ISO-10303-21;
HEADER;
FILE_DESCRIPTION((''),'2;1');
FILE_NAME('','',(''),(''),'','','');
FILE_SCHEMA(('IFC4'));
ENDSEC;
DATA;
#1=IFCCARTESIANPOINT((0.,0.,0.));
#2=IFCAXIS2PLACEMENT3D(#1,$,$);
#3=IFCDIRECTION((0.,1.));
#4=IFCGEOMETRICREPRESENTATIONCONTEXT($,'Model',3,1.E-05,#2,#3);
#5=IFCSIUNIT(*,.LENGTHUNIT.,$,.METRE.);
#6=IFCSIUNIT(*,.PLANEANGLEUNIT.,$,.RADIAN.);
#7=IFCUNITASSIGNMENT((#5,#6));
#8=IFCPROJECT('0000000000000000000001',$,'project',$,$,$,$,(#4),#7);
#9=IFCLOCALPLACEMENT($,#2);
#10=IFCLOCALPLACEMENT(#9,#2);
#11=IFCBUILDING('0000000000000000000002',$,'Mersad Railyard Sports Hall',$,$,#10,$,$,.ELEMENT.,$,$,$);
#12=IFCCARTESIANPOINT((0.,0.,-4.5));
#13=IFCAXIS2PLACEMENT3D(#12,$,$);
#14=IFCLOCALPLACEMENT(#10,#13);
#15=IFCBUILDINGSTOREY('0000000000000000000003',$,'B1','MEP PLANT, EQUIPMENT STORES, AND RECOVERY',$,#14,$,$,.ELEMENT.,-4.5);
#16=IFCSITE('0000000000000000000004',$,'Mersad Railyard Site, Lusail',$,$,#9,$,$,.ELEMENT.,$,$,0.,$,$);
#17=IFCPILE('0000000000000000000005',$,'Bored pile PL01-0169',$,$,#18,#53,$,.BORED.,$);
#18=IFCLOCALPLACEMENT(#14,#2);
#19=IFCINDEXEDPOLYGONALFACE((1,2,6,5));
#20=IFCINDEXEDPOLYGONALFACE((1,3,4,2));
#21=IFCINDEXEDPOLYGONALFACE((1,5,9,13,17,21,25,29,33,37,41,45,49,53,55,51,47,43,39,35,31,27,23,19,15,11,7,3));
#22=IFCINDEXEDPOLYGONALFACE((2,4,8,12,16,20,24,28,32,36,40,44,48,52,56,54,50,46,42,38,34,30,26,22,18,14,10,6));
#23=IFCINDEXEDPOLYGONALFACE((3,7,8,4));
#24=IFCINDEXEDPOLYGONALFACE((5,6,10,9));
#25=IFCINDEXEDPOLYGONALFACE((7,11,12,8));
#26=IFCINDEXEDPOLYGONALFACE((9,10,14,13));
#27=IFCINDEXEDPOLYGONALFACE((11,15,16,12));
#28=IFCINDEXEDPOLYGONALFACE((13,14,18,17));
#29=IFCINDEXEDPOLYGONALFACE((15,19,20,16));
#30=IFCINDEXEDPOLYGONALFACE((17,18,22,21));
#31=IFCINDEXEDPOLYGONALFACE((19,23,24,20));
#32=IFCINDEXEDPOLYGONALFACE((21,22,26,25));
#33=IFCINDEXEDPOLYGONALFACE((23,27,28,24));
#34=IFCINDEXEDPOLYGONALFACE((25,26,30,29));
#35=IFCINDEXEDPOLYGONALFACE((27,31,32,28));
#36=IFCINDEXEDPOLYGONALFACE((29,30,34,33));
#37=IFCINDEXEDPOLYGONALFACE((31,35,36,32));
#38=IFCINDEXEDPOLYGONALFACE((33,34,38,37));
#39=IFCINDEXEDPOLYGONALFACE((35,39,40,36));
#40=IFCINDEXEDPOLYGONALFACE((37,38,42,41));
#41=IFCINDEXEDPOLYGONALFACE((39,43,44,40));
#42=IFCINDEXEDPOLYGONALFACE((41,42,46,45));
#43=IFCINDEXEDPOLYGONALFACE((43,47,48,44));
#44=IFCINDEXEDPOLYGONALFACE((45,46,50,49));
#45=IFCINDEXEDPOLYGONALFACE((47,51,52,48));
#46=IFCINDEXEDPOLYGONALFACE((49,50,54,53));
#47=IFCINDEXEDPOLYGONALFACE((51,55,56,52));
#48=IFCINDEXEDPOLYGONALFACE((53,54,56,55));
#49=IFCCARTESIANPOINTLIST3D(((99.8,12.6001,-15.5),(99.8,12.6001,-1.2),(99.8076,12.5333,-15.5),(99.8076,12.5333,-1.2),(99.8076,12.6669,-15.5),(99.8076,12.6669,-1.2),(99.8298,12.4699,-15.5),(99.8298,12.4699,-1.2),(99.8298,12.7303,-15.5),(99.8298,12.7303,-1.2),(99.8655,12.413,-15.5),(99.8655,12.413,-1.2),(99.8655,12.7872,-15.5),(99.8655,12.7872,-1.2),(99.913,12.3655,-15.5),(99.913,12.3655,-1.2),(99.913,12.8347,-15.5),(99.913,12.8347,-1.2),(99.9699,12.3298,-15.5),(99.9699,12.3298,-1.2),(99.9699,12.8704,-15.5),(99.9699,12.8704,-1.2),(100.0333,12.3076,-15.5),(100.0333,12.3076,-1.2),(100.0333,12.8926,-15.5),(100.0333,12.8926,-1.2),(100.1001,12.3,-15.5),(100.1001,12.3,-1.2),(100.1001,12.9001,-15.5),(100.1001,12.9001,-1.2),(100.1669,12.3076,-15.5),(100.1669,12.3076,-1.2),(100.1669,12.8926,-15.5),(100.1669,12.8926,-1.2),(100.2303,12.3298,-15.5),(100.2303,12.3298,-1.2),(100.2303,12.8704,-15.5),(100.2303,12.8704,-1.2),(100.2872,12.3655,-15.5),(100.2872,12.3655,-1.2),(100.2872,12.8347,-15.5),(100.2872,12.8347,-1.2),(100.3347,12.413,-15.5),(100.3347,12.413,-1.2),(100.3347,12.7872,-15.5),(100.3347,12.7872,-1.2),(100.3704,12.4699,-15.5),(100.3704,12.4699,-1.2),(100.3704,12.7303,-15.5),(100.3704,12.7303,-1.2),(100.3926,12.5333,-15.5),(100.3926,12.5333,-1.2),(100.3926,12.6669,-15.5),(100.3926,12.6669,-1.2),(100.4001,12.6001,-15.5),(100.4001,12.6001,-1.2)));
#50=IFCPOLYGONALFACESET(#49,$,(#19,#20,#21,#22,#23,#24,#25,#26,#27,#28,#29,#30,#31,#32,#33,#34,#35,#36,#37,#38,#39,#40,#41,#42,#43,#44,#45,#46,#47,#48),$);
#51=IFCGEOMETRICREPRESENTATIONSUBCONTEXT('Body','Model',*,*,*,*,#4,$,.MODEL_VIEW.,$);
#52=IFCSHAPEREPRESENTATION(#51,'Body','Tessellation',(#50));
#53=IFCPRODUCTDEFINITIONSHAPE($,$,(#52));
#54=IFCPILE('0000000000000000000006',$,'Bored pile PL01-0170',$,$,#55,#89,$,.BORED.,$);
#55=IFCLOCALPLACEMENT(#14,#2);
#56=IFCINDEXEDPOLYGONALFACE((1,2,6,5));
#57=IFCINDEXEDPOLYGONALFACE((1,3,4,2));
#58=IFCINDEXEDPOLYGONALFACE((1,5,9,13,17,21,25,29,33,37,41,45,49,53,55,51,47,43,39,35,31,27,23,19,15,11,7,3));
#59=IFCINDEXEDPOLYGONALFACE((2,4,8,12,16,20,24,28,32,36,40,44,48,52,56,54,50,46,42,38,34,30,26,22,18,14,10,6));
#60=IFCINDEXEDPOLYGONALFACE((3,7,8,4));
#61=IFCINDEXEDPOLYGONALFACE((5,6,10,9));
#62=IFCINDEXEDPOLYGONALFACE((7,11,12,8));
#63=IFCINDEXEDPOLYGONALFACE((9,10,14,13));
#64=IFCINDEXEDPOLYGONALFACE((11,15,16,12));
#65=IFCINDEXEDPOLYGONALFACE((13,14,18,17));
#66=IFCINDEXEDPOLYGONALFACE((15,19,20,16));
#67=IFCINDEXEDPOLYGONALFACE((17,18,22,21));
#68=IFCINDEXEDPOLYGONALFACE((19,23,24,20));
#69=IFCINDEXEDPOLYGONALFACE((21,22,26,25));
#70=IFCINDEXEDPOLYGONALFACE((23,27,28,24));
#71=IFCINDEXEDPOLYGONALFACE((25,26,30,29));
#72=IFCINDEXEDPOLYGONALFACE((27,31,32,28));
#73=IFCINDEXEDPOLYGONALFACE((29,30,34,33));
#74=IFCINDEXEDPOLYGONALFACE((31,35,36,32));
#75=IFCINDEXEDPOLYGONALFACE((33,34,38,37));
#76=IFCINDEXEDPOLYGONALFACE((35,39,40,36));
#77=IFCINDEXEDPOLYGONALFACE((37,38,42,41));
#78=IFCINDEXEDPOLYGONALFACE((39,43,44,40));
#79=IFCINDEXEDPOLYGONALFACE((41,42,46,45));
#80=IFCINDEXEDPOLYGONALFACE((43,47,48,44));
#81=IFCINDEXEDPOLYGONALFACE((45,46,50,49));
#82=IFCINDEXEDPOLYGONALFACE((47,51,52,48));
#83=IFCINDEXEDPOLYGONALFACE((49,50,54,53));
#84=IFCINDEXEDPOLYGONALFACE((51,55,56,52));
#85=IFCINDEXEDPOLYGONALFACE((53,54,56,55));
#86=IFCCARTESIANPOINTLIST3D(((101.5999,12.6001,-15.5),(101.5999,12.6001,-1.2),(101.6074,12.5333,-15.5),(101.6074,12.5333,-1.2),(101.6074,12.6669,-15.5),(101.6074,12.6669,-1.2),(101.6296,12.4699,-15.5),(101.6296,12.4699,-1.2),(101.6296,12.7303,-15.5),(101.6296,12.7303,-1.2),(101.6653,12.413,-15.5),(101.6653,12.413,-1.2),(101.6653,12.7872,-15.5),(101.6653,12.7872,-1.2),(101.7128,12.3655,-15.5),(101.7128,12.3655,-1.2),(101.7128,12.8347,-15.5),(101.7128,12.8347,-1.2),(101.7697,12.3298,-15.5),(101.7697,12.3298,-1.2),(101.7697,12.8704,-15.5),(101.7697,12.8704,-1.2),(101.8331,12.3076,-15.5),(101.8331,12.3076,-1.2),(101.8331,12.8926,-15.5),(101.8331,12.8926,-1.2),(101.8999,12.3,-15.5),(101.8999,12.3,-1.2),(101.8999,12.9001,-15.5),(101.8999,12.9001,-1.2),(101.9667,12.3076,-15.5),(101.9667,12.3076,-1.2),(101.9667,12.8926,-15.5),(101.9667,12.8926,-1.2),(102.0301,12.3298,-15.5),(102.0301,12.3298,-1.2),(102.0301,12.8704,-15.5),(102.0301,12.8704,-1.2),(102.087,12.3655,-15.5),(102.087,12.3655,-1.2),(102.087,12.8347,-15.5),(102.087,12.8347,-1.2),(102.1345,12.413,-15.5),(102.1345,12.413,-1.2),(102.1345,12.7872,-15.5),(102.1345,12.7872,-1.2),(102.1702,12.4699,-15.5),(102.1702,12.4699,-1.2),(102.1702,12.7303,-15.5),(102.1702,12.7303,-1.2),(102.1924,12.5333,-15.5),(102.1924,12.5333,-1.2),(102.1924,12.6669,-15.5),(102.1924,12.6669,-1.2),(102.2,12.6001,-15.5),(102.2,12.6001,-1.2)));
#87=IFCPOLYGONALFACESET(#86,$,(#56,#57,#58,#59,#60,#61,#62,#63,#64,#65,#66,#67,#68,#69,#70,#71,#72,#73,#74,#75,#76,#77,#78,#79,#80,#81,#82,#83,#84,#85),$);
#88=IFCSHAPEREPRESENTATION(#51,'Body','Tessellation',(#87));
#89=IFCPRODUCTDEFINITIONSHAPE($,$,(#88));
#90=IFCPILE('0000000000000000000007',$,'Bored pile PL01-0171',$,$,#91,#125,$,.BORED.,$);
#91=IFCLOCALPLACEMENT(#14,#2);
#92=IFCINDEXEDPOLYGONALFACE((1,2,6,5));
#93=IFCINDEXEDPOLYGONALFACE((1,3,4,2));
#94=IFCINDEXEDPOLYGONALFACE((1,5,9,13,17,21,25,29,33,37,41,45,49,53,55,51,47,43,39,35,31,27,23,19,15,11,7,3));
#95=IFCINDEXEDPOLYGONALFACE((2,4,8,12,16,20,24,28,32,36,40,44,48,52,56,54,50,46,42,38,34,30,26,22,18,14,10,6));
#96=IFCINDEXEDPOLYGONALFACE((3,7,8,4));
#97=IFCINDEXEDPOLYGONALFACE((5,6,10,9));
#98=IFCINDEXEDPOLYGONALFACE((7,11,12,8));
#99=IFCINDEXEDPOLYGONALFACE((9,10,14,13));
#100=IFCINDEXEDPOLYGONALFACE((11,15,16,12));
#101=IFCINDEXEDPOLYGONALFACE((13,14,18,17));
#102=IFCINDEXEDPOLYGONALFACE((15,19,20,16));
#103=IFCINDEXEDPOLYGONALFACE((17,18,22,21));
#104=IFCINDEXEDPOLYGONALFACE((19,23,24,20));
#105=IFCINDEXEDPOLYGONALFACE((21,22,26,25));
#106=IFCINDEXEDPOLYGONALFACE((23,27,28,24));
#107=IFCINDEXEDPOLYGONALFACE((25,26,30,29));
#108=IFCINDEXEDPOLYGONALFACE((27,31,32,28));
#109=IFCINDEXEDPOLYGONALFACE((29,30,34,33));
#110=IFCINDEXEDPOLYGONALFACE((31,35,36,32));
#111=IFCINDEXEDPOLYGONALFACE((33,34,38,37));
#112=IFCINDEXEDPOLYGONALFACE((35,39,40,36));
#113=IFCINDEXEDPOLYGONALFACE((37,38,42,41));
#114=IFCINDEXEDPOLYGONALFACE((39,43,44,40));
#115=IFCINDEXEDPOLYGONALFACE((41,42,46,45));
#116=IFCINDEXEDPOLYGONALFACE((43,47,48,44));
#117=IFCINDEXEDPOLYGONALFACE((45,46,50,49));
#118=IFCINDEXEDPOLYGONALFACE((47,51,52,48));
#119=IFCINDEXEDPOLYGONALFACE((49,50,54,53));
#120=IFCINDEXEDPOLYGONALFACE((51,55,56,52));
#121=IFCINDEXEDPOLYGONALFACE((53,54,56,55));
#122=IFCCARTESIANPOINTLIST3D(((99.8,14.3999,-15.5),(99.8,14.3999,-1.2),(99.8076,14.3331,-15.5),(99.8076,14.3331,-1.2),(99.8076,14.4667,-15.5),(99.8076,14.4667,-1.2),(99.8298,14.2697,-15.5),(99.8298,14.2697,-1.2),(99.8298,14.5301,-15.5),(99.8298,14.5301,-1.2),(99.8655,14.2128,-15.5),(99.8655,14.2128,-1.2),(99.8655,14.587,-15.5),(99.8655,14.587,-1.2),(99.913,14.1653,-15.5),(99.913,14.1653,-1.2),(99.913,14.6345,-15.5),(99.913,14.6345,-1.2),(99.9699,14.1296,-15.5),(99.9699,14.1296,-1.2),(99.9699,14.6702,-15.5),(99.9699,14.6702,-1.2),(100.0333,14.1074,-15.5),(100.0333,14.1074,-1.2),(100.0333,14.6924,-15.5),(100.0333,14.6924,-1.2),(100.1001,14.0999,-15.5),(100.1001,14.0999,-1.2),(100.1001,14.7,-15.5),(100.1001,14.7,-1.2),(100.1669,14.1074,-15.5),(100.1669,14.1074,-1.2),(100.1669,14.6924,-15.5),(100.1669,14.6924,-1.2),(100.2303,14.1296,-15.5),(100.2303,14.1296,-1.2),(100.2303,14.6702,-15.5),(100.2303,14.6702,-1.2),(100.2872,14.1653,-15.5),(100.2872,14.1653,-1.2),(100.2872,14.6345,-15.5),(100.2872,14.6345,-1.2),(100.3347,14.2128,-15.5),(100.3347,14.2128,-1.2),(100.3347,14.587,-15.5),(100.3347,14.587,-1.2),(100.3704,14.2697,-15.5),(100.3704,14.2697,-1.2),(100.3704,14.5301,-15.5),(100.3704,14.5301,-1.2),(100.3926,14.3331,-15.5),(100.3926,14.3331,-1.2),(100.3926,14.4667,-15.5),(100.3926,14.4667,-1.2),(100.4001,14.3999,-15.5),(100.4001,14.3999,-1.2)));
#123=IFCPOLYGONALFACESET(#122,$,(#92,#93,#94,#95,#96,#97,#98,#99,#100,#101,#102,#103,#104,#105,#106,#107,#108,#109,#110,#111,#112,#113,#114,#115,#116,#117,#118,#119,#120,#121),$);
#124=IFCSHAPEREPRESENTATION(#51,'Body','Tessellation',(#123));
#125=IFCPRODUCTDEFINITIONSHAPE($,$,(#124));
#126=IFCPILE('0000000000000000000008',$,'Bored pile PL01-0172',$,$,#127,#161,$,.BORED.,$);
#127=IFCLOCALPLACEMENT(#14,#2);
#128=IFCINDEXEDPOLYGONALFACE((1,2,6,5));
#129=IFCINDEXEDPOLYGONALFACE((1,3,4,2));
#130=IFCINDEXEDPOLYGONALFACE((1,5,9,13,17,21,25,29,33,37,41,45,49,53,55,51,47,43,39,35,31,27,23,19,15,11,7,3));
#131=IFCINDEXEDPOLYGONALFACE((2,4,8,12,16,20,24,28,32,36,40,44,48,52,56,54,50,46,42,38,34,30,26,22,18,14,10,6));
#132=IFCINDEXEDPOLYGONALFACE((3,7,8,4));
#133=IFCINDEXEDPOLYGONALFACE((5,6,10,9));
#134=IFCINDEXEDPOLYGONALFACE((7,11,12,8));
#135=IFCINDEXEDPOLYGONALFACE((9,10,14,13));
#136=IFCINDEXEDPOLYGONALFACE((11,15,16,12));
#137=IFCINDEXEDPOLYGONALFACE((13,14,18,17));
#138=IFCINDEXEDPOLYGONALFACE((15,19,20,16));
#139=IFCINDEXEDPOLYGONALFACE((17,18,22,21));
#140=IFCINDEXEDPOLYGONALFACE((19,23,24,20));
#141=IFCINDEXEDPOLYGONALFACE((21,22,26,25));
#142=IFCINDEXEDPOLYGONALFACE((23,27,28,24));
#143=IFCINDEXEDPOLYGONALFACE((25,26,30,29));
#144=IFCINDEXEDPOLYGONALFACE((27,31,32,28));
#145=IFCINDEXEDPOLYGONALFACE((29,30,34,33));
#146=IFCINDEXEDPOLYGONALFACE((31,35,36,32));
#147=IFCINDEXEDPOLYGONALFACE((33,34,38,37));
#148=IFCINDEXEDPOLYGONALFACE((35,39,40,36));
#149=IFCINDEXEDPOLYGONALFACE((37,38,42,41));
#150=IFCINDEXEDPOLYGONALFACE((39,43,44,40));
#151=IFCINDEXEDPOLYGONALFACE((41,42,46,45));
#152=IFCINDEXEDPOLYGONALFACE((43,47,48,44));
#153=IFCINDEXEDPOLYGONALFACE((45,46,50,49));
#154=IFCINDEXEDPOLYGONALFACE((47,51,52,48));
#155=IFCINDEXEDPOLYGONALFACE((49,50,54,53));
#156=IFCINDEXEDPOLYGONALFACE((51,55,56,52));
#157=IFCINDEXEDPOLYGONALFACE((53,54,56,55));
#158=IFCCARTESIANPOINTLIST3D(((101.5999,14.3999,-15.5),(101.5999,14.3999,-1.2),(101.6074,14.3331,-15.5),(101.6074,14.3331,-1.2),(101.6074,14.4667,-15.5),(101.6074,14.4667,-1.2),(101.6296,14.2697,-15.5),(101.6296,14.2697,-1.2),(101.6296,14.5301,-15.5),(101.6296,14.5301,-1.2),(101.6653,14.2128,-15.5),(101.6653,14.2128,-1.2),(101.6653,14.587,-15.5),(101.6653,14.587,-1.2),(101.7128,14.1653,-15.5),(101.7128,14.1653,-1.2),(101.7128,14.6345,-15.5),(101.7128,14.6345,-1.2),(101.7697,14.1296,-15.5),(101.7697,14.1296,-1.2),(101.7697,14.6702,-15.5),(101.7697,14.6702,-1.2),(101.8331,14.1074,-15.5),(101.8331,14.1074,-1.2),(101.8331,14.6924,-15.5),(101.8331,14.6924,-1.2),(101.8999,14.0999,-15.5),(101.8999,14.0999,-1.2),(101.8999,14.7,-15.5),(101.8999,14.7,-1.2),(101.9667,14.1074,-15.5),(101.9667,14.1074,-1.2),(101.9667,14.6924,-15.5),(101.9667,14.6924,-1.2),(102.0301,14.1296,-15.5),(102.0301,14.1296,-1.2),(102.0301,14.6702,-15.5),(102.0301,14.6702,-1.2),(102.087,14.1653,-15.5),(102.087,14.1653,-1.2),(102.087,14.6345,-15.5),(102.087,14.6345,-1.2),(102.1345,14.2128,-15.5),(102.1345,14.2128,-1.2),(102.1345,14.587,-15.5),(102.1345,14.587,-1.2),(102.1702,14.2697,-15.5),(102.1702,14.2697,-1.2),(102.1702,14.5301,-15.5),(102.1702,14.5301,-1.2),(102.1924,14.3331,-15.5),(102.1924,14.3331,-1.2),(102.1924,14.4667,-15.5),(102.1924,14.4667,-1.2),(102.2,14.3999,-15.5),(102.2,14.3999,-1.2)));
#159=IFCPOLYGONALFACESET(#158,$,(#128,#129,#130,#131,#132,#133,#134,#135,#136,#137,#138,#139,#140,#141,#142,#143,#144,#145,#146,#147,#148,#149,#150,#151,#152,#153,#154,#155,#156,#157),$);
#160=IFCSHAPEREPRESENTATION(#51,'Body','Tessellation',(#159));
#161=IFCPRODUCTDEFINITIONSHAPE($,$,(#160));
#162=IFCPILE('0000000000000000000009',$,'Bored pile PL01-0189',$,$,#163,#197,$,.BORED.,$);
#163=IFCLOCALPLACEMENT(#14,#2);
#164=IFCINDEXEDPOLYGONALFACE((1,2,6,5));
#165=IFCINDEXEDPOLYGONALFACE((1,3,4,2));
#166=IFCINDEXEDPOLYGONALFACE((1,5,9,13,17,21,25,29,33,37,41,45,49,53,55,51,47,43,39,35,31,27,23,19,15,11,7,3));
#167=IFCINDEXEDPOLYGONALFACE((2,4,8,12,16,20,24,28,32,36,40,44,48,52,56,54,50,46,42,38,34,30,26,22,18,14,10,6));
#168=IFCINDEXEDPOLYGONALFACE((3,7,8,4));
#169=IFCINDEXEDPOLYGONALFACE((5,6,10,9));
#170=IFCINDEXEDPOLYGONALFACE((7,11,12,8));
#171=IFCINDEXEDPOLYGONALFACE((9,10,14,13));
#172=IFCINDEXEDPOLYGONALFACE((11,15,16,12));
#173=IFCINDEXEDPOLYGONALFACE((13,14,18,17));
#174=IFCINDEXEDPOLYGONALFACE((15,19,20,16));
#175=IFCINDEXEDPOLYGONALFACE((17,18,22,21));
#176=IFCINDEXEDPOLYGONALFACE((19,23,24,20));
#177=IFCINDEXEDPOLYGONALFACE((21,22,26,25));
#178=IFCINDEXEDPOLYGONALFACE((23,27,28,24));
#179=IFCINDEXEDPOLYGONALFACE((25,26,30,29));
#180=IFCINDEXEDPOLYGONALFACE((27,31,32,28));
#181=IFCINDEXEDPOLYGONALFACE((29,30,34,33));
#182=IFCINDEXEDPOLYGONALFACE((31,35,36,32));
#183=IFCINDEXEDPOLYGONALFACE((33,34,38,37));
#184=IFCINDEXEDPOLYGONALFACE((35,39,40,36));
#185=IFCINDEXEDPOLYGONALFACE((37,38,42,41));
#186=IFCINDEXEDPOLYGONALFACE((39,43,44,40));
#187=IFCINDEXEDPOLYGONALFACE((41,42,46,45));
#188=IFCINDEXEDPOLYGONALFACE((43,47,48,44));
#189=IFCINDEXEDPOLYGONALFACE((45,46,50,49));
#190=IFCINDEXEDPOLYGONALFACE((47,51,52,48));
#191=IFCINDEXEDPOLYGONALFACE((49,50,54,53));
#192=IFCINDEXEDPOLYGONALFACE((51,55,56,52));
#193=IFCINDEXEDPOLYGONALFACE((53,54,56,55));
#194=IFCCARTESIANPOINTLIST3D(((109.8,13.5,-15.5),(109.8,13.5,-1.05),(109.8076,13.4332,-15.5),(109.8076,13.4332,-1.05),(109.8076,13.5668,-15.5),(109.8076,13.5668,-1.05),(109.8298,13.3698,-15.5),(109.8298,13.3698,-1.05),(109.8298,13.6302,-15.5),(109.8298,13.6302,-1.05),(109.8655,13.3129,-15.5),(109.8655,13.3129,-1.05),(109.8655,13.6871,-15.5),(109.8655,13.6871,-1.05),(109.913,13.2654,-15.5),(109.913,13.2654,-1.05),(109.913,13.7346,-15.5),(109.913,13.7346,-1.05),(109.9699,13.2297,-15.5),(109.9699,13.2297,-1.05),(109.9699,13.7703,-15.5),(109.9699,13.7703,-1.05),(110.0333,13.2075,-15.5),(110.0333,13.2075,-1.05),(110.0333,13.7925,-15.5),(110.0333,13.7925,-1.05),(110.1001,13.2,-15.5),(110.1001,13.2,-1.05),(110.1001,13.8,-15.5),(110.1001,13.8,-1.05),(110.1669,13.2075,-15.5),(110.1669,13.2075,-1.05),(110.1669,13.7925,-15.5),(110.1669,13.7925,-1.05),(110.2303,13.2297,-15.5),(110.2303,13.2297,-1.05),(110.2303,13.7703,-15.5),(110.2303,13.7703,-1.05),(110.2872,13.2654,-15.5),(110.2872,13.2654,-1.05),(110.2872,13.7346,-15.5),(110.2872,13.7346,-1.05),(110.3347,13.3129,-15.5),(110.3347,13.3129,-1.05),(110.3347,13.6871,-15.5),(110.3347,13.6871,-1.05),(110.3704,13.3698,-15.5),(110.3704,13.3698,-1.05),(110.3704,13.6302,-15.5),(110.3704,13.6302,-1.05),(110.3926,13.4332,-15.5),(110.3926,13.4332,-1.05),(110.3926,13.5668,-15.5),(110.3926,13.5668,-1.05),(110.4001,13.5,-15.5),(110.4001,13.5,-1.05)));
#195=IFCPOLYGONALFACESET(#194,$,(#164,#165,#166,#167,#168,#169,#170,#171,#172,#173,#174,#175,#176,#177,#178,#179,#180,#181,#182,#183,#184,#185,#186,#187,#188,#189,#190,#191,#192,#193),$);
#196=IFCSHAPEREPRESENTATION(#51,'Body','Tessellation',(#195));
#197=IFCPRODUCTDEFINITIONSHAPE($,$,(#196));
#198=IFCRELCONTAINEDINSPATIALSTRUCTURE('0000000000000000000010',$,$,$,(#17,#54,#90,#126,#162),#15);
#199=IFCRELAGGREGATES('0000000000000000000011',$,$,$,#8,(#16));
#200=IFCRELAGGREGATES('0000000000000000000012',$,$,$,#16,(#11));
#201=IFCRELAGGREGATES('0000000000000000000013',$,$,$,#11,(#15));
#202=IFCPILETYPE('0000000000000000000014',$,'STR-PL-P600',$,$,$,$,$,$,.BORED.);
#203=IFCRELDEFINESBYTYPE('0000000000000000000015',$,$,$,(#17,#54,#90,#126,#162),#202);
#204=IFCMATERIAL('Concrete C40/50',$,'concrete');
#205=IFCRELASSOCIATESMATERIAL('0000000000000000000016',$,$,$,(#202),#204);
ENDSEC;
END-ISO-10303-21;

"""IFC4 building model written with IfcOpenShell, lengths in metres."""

from ifc_helpers import new_model, si_unit, direction, frame, origin, origin_2d, place, context, subcontext, project, spatial, circle, extrude, material, material_profile, profile_set, type_object, element, save


model = new_model("IFC4")

# Units and contexts
model_context = context("Model", 3, precision=1e-05, world=origin(), true_north=direction((0.0, 1.0)))
body_context = subcontext(model_context, "Body", "Model", "MODEL_VIEW")
ifc_project = project(units=[si_unit("LENGTHUNIT", "METRE"), si_unit("PLANEANGLEUNIT", "RADIAN")], contexts=[model_context])

# Site, building, storey
site_placement = place(None, origin())
site = spatial("IfcSite", under=ifc_project, at=site_placement, Name="Mersad Railyard Site, Lusail", CompositionType="ELEMENT", RefElevation=0.0)
building_placement = place(site_placement, origin())
building = spatial("IfcBuilding", under=site, at=building_placement, Name="Mersad Railyard Sports Hall", CompositionType="ELEMENT")
storey_placement = place(building_placement, frame((0.0, 0.0, -4.5)))
storey = spatial("IfcBuildingStorey", under=building, at=storey_placement, Name="B1", Description="MEP PLANT, EQUIPMENT STORES, AND RECOVERY", CompositionType="ELEMENT", Elevation=-4.5)

# Shared definitions
ifc_material_1 = material(Name="Concrete C40/50", Category="concrete")

# Piles
ifc_material_profile_1 = material_profile(ifc_material_1, circle(Radius=0.3, at=origin_2d()), Name="BORED PILE D600")
ifc_profile_set_1 = profile_set([ifc_material_profile_1], Name="Concrete C40/50")
pile_type_1 = type_object("IfcPileType", Name="STR-PL-P600", PredefinedType="BORED", material=ifc_profile_set_1)
for number, where, z_axis, x_axis, name in (
    (1, (100.1001, 12.6001, -1.2), (0.0, 0.0, -1.0), (1.0, 0.0, 0.0), "Bored pile PL01-0169"),
    (2, (101.8999, 12.6001, -1.2), (0.0, 0.0, -1.0), (1.0, 0.0, 0.0), "Bored pile PL01-0170"),
    (3, (100.1001, 14.3999, -1.2), (0.0, 0.0, -1.0), (1.0, 0.0, 0.0), "Bored pile PL01-0171"),
    (4, (101.8999, 14.3999, -1.2), (0.0, 0.0, -1.0), (1.0, 0.0, 0.0), "Bored pile PL01-0172"),
):
    element("IfcPile", number, at=place(storey_placement, frame(where, z_axis=z_axis, x_axis=x_axis)), inside=storey, type_object=pile_type_1, Name=name, PredefinedType="BORED", context=body_context, shape_type="SweptSolid", body=[
        extrude(circle(Radius=0.3, at=origin_2d()), origin(), (0.0, 0.0, 1.0), 14.3),
    ])
for number, where, z_axis, x_axis, name in (
    (5, (110.1001, 13.5, -1.05), (0.0, 0.0, -1.0), (1.0, 0.0, 0.0), "Bored pile PL01-0189"),
):
    element("IfcPile", number, at=place(storey_placement, frame(where, z_axis=z_axis, x_axis=x_axis)), inside=storey, type_object=pile_type_1, Name=name, PredefinedType="BORED", context=body_context, shape_type="SweptSolid", body=[
        extrude(circle(Radius=0.3, at=origin_2d()), origin(), (0.0, 0.0, 1.0), 14.45),
    ])

save(model, "model.ifc")
